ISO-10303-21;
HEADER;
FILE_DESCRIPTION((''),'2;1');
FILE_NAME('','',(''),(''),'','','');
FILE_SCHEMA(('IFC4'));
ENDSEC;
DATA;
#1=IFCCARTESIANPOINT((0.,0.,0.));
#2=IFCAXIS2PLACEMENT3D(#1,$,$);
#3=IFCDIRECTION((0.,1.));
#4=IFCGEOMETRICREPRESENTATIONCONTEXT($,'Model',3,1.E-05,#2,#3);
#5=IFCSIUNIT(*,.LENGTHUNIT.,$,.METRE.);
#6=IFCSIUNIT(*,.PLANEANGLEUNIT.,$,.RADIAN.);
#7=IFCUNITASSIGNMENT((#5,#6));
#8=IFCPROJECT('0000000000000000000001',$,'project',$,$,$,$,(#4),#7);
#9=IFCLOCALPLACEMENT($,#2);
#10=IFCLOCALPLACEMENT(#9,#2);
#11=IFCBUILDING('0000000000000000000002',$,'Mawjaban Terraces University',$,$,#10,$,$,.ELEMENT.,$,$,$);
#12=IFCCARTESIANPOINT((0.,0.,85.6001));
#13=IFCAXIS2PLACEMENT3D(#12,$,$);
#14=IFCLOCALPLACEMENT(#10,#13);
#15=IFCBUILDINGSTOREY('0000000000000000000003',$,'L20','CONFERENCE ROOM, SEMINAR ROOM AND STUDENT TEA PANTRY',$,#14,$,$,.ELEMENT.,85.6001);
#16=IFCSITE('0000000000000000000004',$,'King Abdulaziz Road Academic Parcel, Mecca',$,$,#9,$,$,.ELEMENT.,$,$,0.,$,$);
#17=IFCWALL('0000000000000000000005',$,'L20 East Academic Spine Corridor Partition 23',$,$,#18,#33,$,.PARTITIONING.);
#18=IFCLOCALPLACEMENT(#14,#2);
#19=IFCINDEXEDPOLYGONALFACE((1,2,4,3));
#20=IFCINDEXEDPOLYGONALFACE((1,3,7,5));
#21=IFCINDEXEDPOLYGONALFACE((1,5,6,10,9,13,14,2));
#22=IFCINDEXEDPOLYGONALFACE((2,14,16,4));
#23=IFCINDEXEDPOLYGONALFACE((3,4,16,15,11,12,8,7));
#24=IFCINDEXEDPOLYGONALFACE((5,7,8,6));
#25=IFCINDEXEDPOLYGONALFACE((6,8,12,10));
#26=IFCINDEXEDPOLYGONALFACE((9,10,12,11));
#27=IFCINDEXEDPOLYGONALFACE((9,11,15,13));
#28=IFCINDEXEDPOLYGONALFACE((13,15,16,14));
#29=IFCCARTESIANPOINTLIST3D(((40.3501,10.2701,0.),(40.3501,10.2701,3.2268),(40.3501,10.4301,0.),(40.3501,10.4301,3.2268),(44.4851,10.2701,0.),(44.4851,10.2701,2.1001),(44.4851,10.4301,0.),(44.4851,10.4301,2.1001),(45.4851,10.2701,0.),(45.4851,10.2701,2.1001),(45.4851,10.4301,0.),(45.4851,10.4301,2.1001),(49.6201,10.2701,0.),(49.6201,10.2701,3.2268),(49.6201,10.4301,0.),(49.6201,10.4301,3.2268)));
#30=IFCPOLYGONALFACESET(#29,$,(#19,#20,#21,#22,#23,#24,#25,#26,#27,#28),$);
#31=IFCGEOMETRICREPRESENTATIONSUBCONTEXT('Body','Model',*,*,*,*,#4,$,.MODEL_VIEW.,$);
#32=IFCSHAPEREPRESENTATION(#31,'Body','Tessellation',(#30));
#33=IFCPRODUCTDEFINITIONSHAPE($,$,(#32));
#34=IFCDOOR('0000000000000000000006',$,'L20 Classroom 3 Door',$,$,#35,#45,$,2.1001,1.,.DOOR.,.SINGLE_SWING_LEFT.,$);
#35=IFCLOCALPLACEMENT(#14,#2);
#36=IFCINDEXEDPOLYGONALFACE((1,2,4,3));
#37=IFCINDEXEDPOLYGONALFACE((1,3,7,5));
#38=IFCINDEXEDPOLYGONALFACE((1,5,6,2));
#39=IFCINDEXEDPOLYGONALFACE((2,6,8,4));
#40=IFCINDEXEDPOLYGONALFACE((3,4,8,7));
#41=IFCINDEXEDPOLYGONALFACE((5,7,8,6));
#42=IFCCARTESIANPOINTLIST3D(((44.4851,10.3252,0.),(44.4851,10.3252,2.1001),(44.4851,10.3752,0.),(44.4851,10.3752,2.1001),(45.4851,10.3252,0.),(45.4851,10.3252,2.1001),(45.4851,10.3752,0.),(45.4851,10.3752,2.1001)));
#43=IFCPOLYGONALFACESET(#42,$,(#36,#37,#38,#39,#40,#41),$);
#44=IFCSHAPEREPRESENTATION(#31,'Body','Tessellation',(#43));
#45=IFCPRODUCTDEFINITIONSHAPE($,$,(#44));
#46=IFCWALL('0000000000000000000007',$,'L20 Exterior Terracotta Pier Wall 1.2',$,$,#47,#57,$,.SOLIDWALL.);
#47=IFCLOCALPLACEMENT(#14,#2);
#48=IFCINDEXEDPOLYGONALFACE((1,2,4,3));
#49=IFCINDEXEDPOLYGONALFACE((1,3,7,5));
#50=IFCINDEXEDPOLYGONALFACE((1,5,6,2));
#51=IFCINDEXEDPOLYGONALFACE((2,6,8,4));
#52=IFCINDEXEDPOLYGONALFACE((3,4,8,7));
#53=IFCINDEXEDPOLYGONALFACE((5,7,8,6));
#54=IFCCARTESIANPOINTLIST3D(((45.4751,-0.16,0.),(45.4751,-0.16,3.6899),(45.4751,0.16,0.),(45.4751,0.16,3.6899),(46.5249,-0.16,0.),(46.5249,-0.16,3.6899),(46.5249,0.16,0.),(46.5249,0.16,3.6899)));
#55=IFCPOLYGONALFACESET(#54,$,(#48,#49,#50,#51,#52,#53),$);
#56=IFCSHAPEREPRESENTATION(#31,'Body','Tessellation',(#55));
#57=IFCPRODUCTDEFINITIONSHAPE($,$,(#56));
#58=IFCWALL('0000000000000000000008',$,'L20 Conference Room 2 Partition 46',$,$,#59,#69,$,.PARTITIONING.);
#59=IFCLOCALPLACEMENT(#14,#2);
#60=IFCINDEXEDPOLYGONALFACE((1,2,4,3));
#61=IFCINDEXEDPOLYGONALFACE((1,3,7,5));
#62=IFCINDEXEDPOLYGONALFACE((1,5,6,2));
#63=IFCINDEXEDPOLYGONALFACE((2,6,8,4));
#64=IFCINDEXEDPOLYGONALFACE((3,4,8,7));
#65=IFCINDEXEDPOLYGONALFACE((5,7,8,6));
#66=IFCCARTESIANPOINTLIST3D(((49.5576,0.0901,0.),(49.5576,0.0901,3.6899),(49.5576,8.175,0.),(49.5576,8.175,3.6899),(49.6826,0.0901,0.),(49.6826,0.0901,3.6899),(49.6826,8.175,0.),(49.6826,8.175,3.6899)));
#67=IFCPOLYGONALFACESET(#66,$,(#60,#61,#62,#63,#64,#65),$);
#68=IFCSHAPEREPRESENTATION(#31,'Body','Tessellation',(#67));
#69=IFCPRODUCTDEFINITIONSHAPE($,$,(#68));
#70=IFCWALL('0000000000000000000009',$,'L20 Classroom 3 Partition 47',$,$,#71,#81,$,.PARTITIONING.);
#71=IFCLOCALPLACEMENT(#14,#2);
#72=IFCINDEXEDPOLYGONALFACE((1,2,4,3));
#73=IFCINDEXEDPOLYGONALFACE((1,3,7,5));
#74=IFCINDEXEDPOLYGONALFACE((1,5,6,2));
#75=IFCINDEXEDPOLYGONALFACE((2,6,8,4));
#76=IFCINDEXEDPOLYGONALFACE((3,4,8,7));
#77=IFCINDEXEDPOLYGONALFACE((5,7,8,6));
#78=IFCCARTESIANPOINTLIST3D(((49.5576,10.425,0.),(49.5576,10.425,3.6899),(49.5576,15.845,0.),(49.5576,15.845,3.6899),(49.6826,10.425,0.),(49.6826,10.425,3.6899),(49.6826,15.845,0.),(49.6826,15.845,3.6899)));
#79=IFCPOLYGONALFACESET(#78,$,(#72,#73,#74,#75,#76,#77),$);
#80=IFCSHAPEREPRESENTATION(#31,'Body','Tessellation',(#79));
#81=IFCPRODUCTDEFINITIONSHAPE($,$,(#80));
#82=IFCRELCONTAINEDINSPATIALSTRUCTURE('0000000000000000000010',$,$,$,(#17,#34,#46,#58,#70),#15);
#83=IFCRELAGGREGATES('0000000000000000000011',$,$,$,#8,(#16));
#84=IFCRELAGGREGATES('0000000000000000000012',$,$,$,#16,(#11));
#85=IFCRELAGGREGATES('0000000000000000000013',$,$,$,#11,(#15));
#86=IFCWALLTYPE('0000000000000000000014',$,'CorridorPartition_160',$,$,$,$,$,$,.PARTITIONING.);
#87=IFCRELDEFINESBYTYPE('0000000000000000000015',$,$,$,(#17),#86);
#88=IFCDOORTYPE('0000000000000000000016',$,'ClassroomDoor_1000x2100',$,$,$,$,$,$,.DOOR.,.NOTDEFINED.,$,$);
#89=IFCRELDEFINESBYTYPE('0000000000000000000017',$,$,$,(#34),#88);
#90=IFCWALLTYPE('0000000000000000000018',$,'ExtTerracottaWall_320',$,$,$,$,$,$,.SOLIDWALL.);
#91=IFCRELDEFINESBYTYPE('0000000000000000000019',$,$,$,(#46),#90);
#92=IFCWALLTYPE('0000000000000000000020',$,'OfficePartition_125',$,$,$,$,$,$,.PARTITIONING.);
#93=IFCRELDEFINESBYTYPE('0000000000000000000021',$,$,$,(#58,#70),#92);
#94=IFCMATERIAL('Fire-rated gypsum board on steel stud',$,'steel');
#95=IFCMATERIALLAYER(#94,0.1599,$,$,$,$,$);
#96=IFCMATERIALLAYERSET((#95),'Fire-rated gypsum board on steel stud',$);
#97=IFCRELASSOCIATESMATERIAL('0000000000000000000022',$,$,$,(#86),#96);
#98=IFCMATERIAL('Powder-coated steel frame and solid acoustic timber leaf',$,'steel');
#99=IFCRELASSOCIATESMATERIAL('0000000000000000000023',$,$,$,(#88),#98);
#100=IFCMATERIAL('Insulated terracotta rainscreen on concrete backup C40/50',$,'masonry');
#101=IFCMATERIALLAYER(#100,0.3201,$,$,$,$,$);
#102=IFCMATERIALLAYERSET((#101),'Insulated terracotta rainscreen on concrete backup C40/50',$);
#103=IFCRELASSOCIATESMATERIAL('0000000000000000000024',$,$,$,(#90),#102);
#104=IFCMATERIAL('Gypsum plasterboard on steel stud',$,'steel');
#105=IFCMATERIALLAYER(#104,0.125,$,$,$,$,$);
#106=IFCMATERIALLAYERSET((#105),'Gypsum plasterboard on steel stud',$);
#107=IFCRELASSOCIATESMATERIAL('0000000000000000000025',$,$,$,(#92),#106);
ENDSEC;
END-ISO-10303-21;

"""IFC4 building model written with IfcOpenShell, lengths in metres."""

from ifc_helpers import new_model, si_unit, direction, frame, frame_2d, origin, place, context, subcontext, project, spatial, rectangle, extrude, material, layer, layer_set, type_object, element, fill, save


model = new_model("IFC4")

# Units and contexts
model_context = context("Model", 3, precision=1e-05, world=origin(), true_north=direction((0.0, 1.0)))
body_context = subcontext(model_context, "Body", "Model", "MODEL_VIEW")
ifc_project = project(units=[si_unit("LENGTHUNIT", "METRE"), si_unit("PLANEANGLEUNIT", "RADIAN")], contexts=[model_context])

# Site, building, storey
site_placement = place(None, origin())
site = spatial("IfcSite", under=ifc_project, at=site_placement, Name="King Abdulaziz Road Academic Parcel, Mecca", CompositionType="ELEMENT", RefElevation=0.0)
building_placement = place(site_placement, origin())
building = spatial("IfcBuilding", under=site, at=building_placement, Name="Mawjaban Terraces University", CompositionType="ELEMENT")
storey_placement = place(building_placement, frame((0.0, 0.0, 85.6001)))
storey = spatial("IfcBuildingStorey", under=building, at=storey_placement, Name="L20", Description="CONFERENCE ROOM, SEMINAR ROOM AND STUDENT TEA PANTRY", CompositionType="ELEMENT", Elevation=85.6001)

# Wall, opening, door
ifc_material_1 = material(Name="Fire-rated gypsum board on steel stud", Category="steel")
ifc_layer_1 = layer(ifc_material_1, 0.1599)
ifc_layer_set_1 = layer_set([ifc_layer_1], Name="Fire-rated gypsum board on steel stud")
wall_type_1 = type_object("IfcWallType", Name="CorridorPartition_160", PredefinedType="PARTITIONING", material=ifc_layer_set_1)
ifc_material_2 = material(Name="Powder-coated steel frame and solid acoustic timber leaf", Category="steel")
wall_1_placement = place(storey_placement, frame((49.6201, 10.3501, 0.0), z_axis=(0.0, 0.0, 1.0), x_axis=(-1.0, 0.0, 0.0)))
wall_1 = element("IfcWall", 1, at=wall_1_placement, inside=storey, type_object=wall_type_1, Name="L20 East Academic Spine Corridor Partition 23", PredefinedType="PARTITIONING", context=body_context, shape_type="SweptSolid", body=[
    extrude(rectangle(XDim=9.27, YDim=0.1599, at=frame_2d((4.635, 0.0))), origin(), (0.0, 0.0, 1.0), 3.2268),
])
opening_1_placement = place(wall_1_placement, frame((4.135, 0.0, 0.0)))
opening_1 = element("IfcOpeningElement", 2, at=opening_1_placement, cuts=wall_1, PredefinedType="OPENING", context=body_context, shape_type="SweptSolid", body=[
    extrude(rectangle(XDim=1.0, YDim=2.1001, at=frame_2d((0.5, 1.05))), frame((0.0, 0.0898, 0.0), z_axis=(0.0, -1.0, 0.0), x_axis=(1.0, 0.0, 0.0)), (0.0, 0.0, 1.0), 0.1799),
])
door_type_1 = type_object("IfcDoorType", Name="ClassroomDoor_1000x2100", OperationType="NOTDEFINED", PredefinedType="DOOR", material=ifc_material_2)
door_1_placement = place(opening_1_placement, origin())
door_1 = element("IfcDoor", 3, at=door_1_placement, inside=storey, type_object=door_type_1, Name="L20 Classroom 3 Door", OperationType="SINGLE_SWING_LEFT", OverallHeight=2.1001, OverallWidth=1.0, PredefinedType="DOOR", context=body_context, shape_type="SweptSolid", body=[
    extrude(rectangle(XDim=1.0, YDim=2.1001, at=frame_2d((0.5, 1.05))), frame((0.0, 0.0249, 0.0), z_axis=(0.0, -1.0, 0.0), x_axis=(1.0, 0.0, 0.0)), (0.0, 0.0, 1.0), 0.05),
])
fill(opening_1, door_1)

# Walls
ifc_material_3 = material(Name="Insulated terracotta rainscreen on concrete backup C40/50", Category="masonry")
ifc_layer_2 = layer(ifc_material_3, 0.3201)
ifc_layer_set_2 = layer_set([ifc_layer_2], Name="Insulated terracotta rainscreen on concrete backup C40/50")
wall_type_2 = type_object("IfcWallType", Name="ExtTerracottaWall_320", PredefinedType="SOLIDWALL", material=ifc_layer_set_2)
wall_2_placement = place(storey_placement, frame((45.4751, 0.0, 0.0), z_axis=(0.0, 0.0, 1.0), x_axis=(1.0, 0.0, 0.0)))
element("IfcWall", 4, at=wall_2_placement, inside=storey, type_object=wall_type_2, Name="L20 Exterior Terracotta Pier Wall 1.2", PredefinedType="SOLIDWALL", context=body_context, shape_type="SweptSolid", body=[
    extrude(rectangle(XDim=1.0498, YDim=0.3201, at=frame_2d((0.5249, 0.0))), origin(), (0.0, 0.0, 1.0), 3.6899),
])
ifc_material_4 = material(Name="Gypsum plasterboard on steel stud", Category="steel")
ifc_layer_3 = layer(ifc_material_4, 0.125)
ifc_layer_set_3 = layer_set([ifc_layer_3], Name="Gypsum plasterboard on steel stud")
wall_type_3 = type_object("IfcWallType", Name="OfficePartition_125", PredefinedType="PARTITIONING", material=ifc_layer_set_3)
wall_3_placement = place(storey_placement, frame((49.6201, 0.0901, 0.0), z_axis=(0.0, 0.0, 1.0), x_axis=(0.0, 1.0, 0.0)))
element("IfcWall", 5, at=wall_3_placement, inside=storey, type_object=wall_type_3, Name="L20 Conference Room 2 Partition 46", PredefinedType="PARTITIONING", context=body_context, shape_type="SweptSolid", body=[
    extrude(rectangle(XDim=8.085, YDim=0.125, at=frame_2d((4.0425, 0.0))), origin(), (0.0, 0.0, 1.0), 3.6899),
])
wall_4_placement = place(storey_placement, frame((49.6201, 10.425, 0.0), z_axis=(0.0, 0.0, 1.0), x_axis=(0.0, 1.0, 0.0)))
element("IfcWall", 6, at=wall_4_placement, inside=storey, type_object=wall_type_3, Name="L20 Classroom 3 Partition 47", PredefinedType="PARTITIONING", context=body_context, shape_type="SweptSolid", body=[
    extrude(rectangle(XDim=5.4199, YDim=0.125, at=frame_2d((2.71, 0.0))), origin(), (0.0, 0.0, 1.0), 3.6899),
])

save(model, "model.ifc")
